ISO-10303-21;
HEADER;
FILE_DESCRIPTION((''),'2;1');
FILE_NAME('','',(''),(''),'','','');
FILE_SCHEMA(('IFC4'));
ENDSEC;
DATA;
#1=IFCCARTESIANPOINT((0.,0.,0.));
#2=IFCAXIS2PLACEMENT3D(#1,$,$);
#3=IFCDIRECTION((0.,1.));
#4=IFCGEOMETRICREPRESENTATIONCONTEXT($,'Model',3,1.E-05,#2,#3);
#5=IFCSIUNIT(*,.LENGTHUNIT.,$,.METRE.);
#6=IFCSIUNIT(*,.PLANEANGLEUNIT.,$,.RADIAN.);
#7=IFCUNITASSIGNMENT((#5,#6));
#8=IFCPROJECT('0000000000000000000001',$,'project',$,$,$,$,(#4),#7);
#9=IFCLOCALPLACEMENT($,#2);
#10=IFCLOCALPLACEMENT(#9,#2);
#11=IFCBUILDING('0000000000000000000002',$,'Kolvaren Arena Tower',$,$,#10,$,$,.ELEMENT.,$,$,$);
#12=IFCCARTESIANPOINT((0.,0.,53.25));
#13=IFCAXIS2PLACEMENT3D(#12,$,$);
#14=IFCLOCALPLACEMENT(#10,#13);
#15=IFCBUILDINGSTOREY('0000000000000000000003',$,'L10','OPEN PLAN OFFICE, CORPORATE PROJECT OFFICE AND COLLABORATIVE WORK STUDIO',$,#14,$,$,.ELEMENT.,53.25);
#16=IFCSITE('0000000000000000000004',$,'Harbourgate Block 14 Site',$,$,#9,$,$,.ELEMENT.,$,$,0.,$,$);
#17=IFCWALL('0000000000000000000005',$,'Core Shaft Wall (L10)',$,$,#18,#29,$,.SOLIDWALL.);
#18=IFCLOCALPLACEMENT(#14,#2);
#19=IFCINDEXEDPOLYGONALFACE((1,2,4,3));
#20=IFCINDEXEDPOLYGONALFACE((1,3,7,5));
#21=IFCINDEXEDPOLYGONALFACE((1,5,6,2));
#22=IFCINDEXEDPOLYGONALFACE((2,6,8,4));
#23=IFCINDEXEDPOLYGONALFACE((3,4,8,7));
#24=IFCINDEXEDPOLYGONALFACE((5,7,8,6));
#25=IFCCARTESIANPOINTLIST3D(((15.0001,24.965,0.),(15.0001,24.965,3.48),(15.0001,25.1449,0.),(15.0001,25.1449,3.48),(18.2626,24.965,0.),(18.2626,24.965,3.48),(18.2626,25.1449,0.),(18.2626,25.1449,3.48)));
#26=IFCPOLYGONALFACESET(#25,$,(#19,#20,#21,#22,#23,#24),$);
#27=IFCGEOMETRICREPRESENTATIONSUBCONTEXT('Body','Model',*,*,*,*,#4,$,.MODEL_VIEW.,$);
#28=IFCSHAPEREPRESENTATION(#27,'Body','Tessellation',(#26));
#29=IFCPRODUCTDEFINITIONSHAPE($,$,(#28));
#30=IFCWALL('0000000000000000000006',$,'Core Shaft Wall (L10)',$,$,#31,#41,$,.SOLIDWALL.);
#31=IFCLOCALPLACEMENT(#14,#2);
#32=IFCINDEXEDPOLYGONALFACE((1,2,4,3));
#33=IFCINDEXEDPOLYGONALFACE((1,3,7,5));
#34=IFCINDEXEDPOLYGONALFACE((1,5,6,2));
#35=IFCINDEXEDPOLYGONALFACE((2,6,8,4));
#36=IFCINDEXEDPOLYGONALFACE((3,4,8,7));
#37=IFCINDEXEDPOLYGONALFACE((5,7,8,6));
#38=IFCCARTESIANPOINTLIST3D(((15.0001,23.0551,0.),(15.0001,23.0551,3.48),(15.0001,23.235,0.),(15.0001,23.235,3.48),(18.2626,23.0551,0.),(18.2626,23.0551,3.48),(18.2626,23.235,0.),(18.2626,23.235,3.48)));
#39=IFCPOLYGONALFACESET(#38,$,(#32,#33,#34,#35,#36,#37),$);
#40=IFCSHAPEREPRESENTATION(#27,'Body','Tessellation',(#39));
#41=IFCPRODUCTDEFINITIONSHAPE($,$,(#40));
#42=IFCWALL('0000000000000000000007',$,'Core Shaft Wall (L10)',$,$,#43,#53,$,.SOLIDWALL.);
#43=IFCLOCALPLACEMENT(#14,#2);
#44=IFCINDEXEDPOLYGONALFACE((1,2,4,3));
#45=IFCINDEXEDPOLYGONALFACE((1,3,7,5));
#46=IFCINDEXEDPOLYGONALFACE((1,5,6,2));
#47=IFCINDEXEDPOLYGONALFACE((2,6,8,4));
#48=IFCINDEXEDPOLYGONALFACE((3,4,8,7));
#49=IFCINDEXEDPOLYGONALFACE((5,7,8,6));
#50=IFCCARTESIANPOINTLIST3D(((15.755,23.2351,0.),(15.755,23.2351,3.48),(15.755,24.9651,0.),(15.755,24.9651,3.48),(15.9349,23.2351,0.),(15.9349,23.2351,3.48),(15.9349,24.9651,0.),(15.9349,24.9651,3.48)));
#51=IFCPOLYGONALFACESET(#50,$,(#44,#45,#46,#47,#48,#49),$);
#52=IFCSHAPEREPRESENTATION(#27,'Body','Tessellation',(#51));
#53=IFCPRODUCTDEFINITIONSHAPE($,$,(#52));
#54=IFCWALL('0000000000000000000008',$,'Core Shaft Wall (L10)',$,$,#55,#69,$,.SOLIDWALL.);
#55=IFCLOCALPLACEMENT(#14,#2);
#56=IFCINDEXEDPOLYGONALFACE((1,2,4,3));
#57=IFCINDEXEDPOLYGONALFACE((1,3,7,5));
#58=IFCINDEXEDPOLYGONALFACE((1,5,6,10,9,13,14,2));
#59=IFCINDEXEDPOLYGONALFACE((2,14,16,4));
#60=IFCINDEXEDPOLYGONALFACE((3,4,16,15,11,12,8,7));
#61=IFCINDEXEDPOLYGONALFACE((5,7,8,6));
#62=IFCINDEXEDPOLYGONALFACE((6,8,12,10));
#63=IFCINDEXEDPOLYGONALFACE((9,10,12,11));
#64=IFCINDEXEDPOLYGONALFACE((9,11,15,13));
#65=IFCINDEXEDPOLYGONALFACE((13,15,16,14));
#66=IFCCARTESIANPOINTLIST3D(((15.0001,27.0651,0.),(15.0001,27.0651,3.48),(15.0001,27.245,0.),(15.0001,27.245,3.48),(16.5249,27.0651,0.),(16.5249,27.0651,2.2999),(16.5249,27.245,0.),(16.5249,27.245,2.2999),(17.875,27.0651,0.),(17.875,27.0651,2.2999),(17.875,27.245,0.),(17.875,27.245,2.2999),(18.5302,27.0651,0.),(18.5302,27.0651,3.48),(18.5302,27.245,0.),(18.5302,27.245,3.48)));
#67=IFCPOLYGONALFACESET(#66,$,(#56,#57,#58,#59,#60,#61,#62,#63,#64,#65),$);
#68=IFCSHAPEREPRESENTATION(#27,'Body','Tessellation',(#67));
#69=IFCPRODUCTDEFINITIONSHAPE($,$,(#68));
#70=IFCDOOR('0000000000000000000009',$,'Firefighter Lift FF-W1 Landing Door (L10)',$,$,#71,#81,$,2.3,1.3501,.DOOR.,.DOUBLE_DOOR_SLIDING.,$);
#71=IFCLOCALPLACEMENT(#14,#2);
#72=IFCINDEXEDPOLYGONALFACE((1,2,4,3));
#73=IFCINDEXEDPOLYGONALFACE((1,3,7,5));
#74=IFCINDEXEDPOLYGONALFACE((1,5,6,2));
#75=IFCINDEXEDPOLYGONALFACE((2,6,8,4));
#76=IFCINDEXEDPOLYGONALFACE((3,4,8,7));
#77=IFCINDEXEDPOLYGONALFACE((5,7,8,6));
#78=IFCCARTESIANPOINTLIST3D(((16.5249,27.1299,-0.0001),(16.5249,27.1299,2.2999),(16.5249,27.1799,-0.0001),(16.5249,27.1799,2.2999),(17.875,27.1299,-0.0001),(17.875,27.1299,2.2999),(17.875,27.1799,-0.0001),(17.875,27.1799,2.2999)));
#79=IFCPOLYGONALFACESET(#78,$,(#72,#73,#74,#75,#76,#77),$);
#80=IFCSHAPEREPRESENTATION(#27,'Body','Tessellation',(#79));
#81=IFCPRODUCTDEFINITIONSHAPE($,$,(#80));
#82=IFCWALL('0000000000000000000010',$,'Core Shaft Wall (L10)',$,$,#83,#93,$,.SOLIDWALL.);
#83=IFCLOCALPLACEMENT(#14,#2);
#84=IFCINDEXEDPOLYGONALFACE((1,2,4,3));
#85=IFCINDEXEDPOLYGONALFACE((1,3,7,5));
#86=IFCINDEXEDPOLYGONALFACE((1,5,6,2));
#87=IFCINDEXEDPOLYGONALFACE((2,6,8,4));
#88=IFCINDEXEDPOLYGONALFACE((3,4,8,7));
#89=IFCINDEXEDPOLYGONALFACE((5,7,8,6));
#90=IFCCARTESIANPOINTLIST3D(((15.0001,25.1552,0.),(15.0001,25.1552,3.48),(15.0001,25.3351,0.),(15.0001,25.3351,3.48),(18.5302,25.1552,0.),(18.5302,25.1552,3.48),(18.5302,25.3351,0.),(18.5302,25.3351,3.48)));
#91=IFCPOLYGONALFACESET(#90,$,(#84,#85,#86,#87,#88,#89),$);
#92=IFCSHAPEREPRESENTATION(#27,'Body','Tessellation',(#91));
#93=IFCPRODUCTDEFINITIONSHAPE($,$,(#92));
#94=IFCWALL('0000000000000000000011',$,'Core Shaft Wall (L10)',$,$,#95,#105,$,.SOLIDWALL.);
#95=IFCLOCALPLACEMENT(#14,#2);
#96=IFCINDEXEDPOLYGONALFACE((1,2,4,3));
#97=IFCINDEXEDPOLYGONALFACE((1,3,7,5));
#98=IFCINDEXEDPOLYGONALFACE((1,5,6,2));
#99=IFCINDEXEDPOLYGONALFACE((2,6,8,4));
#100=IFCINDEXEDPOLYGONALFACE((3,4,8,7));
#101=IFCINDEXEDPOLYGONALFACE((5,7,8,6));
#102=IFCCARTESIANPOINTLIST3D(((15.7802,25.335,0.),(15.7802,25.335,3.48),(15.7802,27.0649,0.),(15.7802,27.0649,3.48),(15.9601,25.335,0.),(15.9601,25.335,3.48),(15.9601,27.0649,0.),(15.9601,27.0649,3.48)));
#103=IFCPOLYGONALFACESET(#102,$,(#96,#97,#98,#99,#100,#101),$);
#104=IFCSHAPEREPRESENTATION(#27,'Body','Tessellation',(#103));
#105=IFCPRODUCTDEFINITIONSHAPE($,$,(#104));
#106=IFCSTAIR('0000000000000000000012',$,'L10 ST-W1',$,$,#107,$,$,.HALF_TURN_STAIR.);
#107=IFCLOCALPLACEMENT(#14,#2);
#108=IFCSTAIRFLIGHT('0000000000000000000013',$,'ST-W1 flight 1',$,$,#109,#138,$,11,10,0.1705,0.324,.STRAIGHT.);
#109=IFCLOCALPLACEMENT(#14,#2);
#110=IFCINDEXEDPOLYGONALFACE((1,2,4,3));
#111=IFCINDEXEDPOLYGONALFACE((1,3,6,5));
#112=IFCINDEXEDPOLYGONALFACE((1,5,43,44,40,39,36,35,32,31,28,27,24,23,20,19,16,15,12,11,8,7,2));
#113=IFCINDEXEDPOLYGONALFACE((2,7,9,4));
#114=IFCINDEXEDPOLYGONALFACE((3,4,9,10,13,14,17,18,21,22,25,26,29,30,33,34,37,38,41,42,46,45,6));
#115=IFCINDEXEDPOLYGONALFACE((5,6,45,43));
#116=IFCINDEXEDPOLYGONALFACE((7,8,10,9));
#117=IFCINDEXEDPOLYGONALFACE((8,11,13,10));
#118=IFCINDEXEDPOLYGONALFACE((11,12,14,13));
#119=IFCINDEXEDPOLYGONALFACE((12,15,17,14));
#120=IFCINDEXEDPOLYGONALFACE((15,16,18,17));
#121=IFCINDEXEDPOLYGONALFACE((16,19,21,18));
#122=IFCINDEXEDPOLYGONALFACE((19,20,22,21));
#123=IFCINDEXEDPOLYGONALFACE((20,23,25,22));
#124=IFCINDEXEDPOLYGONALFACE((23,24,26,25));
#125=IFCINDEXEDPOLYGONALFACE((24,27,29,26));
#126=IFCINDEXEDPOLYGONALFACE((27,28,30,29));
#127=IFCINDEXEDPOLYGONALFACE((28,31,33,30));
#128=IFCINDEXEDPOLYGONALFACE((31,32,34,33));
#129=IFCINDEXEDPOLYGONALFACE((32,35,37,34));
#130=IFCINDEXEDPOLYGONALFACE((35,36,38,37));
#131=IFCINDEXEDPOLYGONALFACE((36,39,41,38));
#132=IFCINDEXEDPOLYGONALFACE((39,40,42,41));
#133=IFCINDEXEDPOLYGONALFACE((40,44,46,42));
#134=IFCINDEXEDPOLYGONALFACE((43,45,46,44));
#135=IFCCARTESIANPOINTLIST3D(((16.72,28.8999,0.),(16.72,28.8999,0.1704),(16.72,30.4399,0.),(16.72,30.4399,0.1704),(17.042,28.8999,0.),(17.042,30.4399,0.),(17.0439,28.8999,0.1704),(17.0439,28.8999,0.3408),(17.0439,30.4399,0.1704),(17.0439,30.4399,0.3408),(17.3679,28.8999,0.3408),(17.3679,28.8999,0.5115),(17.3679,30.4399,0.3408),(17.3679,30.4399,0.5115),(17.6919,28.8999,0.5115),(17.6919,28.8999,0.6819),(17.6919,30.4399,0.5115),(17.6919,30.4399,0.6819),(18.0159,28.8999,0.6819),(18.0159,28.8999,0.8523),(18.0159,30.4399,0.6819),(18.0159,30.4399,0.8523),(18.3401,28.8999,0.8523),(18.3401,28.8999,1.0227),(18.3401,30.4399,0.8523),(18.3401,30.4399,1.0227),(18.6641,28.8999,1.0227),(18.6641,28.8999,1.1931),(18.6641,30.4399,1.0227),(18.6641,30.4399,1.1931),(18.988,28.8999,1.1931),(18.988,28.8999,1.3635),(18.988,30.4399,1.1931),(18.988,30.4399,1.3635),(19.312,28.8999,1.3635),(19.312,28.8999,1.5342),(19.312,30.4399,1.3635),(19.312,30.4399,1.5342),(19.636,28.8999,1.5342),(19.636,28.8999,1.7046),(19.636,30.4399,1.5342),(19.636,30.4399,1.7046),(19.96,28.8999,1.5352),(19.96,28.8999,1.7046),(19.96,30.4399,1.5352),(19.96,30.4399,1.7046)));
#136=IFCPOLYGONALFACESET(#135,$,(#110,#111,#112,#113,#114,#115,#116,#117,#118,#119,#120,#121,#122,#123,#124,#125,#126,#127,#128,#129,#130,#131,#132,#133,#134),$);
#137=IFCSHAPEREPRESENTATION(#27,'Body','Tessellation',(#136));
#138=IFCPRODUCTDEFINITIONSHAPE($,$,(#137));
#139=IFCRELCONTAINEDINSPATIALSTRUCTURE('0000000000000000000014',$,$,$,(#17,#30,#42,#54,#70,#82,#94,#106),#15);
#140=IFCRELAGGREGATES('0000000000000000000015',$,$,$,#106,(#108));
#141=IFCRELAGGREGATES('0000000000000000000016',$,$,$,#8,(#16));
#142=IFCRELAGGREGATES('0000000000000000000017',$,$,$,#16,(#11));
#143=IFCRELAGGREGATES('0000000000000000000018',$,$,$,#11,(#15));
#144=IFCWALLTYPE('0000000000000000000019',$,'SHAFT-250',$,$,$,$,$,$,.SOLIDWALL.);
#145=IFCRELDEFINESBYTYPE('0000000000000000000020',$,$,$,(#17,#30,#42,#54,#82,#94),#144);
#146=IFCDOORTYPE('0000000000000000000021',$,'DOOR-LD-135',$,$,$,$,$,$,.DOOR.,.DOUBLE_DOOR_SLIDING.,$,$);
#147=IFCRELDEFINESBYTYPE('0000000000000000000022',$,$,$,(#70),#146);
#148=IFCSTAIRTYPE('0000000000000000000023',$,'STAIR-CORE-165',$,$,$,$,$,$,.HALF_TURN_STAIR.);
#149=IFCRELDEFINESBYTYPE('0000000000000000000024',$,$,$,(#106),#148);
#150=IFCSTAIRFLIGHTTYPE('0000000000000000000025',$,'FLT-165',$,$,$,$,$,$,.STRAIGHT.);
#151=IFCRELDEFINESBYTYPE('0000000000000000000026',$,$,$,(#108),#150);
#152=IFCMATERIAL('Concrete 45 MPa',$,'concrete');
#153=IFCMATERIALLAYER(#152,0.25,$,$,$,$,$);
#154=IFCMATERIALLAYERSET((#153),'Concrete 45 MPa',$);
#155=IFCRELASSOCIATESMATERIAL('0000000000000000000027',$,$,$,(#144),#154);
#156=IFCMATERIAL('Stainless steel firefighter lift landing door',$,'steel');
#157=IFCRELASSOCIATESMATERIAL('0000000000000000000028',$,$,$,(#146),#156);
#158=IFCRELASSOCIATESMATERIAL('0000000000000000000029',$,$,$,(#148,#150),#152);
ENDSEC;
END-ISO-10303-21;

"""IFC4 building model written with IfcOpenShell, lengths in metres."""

from ifc_helpers import new_model, si_unit, direction, frame, frame_2d, origin, place, context, subcontext, project, spatial, polyline, rectangle, outline, extrude, material, layer, layer_set, type_object, element, fill, aggregate, save


model = new_model("IFC4")

# Units and contexts
model_context = context("Model", 3, precision=1e-05, world=origin(), true_north=direction((0.0, 1.0)))
body_context = subcontext(model_context, "Body", "Model", "MODEL_VIEW")
ifc_project = project(units=[si_unit("LENGTHUNIT", "METRE"), si_unit("PLANEANGLEUNIT", "RADIAN")], contexts=[model_context])

# Site, building, storey
site_placement = place(None, origin())
site = spatial("IfcSite", under=ifc_project, at=site_placement, Name="Harbourgate Block 14 Site", CompositionType="ELEMENT", RefElevation=0.0)
building_placement = place(site_placement, origin())
building = spatial("IfcBuilding", under=site, at=building_placement, Name="Kolvaren Arena Tower", CompositionType="ELEMENT")
storey_placement = place(building_placement, frame((0.0, 0.0, 53.25)))
storey = spatial("IfcBuildingStorey", under=building, at=storey_placement, Name="L10", Description="OPEN PLAN OFFICE, CORPORATE PROJECT OFFICE AND COLLABORATIVE WORK STUDIO", CompositionType="ELEMENT", Elevation=53.25)

# Walls
ifc_material_1 = material(Name="Concrete 45 MPa", Category="concrete")
ifc_layer = layer(ifc_material_1, 0.25)
ifc_layer_set = layer_set([ifc_layer], Name="Concrete 45 MPa")
wall_type = type_object("IfcWallType", Name="SHAFT-250", PredefinedType="SOLIDWALL", material=ifc_layer_set)
for number, where, z_axis, x_axis, name in (
    (1, (15.0, 25.0549, 0.0), (0.0, 0.0, 1.0), (1.0, 0.0, 0.0), "Core Shaft Wall (L10)"),
    (2, (15.0, 23.145, 0.0), (0.0, 0.0, 1.0), (1.0, 0.0, 0.0), "Core Shaft Wall (L10)"),
):
    element("IfcWall", number, at=place(storey_placement, frame(where, z_axis=z_axis, x_axis=x_axis)), inside=storey, type_object=wall_type, Name=name, PredefinedType="SOLIDWALL", context=body_context, shape_type="SweptSolid", body=[
        extrude(rectangle(XDim=3.2625, YDim=0.1799, at=frame_2d((1.6313, 0.0))), origin(), (0.0, 0.0, 1.0), 3.48),
    ])
wall_1_placement = place(storey_placement, frame((15.845, 23.2351, 0.0), z_axis=(0.0, 0.0, 1.0), x_axis=(0.0, 1.0, 0.0)))
element("IfcWall", 3, at=wall_1_placement, inside=storey, type_object=wall_type, Name="Core Shaft Wall (L10)", PredefinedType="SOLIDWALL", context=body_context, shape_type="SweptSolid", body=[
    extrude(rectangle(XDim=1.73, YDim=0.1799, at=frame_2d((0.865, 0.0))), origin(), (0.0, 0.0, 1.0), 3.48),
])

# Wall, opening, door
wall_2_placement = place(storey_placement, frame((15.0, 27.155, 0.0), z_axis=(0.0, 0.0, 1.0), x_axis=(1.0, 0.0, 0.0)))
wall_2 = element("IfcWall", 4, at=wall_2_placement, inside=storey, type_object=wall_type, Name="Core Shaft Wall (L10)", PredefinedType="SOLIDWALL", context=body_context, shape_type="SweptSolid", body=[
    extrude(rectangle(XDim=3.53, YDim=0.1799, at=frame_2d((1.7651, 0.0))), origin(), (0.0, 0.0, 1.0), 3.48),
])
opening_placement = place(wall_2_placement, frame((1.5249, 0.0, 0.0)))
opening = element("IfcOpeningElement", 5, at=opening_placement, cuts=wall_2, PredefinedType="OPENING", context=body_context, shape_type="SweptSolid", body=[
    extrude(rectangle(XDim=1.3501, YDim=2.3, at=frame_2d((0.675, 1.1499))), frame((0.0, 0.0999, 0.0), z_axis=(0.0, -1.0, 0.0), x_axis=(1.0, 0.0, 0.0)), (0.0, 0.0, 1.0), 0.2),
])
ifc_material_2 = material(Name="Stainless steel firefighter lift landing door", Category="steel")
door_type = type_object("IfcDoorType", Name="DOOR-LD-135", OperationType="DOUBLE_DOOR_SLIDING", PredefinedType="DOOR", material=ifc_material_2)
door_placement = place(opening_placement, origin())
door = element("IfcDoor", 6, at=door_placement, inside=storey, type_object=door_type, Name="Firefighter Lift FF-W1 Landing Door (L10)", OperationType="DOUBLE_DOOR_SLIDING", OverallHeight=2.3, OverallWidth=1.3501, PredefinedType="DOOR", context=body_context, shape_type="SweptSolid", body=[
    extrude(rectangle(XDim=1.3501, YDim=2.3, at=frame_2d((0.675, 1.1499))), frame((0.0, 0.0249, 0.0), z_axis=(0.0, -1.0, 0.0), x_axis=(1.0, 0.0, 0.0)), (0.0, 0.0, 1.0), 0.05),
])
fill(opening, door)

# Walls
wall_3_placement = place(storey_placement, frame((15.0, 25.2451, 0.0), z_axis=(0.0, 0.0, 1.0), x_axis=(1.0, 0.0, 0.0)))
element("IfcWall", 7, at=wall_3_placement, inside=storey, type_object=wall_type, Name="Core Shaft Wall (L10)", PredefinedType="SOLIDWALL", context=body_context, shape_type="SweptSolid", body=[
    extrude(rectangle(XDim=3.53, YDim=0.1799, at=frame_2d((1.7651, 0.0))), origin(), (0.0, 0.0, 1.0), 3.48),
])
wall_4_placement = place(storey_placement, frame((15.8701, 25.335, 0.0), z_axis=(0.0, 0.0, 1.0), x_axis=(0.0, 1.0, 0.0)))
element("IfcWall", 8, at=wall_4_placement, inside=storey, type_object=wall_type, Name="Core Shaft Wall (L10)", PredefinedType="SOLIDWALL", context=body_context, shape_type="SweptSolid", body=[
    extrude(rectangle(XDim=1.73, YDim=0.1799, at=frame_2d((0.865, 0.0))), origin(), (0.0, 0.0, 1.0), 3.48),
])

# Stair, stair flight
stair_type = type_object("IfcStairType", Name="STAIR-CORE-165", PredefinedType="HALF_TURN_STAIR", material=ifc_material_1)
stair_placement = place(storey_placement, origin())
stair = element("IfcStair", 9, at=stair_placement, inside=storey, type_object=stair_type, Name="L10 ST-W1", PredefinedType="HALF_TURN_STAIR")
stair_flight_type = type_object("IfcStairFlightType", Name="FLT-165", PredefinedType="STRAIGHT", material=ifc_material_1)
stair_flight_placement = place(storey_placement, frame((16.72, 29.6699, 0.0), z_axis=(0.0, 0.0, 1.0), x_axis=(1.0, 0.0, 0.0)))
stair_flight = element("IfcStairFlight", 10, at=stair_flight_placement, type_object=stair_flight_type, Name="ST-W1 flight 1", NumberOfRisers=11, NumberOfTreads=10, PredefinedType="STRAIGHT", RiserHeight=0.1705, TreadLength=0.324, context=body_context, shape_type="SweptSolid", body=[
    extrude(outline(polyline([(0.0, 0.0), (0.0, 0.1704), (0.324, 0.1704), (0.324, 0.3408), (0.6479, 0.3408), (0.6479, 0.5115), (0.9719, 0.5115), (0.9719, 0.6819), (1.2959, 0.6819), (1.2959, 0.8523), (1.6201, 0.8523), (1.6201, 1.0227), (1.9441, 1.0227), (1.9441, 1.1931), (2.2681, 1.1931), (2.2681, 1.3635), (2.592, 1.3635), (2.592, 1.5342), (2.916, 1.5342), (2.916, 1.7046), (3.24, 1.7046), (3.24, 1.875), (3.24, 1.5352), (0.322, 0.0), (0.0, 0.0)])), frame((0.0, 0.77, 0.0), z_axis=(0.0, -1.0, 0.0), x_axis=(1.0, 0.0, 0.0)), (0.0, 0.0, 1.0), 1.54),
])
aggregate(stair, [stair_flight])

save(model, "model.ifc")
